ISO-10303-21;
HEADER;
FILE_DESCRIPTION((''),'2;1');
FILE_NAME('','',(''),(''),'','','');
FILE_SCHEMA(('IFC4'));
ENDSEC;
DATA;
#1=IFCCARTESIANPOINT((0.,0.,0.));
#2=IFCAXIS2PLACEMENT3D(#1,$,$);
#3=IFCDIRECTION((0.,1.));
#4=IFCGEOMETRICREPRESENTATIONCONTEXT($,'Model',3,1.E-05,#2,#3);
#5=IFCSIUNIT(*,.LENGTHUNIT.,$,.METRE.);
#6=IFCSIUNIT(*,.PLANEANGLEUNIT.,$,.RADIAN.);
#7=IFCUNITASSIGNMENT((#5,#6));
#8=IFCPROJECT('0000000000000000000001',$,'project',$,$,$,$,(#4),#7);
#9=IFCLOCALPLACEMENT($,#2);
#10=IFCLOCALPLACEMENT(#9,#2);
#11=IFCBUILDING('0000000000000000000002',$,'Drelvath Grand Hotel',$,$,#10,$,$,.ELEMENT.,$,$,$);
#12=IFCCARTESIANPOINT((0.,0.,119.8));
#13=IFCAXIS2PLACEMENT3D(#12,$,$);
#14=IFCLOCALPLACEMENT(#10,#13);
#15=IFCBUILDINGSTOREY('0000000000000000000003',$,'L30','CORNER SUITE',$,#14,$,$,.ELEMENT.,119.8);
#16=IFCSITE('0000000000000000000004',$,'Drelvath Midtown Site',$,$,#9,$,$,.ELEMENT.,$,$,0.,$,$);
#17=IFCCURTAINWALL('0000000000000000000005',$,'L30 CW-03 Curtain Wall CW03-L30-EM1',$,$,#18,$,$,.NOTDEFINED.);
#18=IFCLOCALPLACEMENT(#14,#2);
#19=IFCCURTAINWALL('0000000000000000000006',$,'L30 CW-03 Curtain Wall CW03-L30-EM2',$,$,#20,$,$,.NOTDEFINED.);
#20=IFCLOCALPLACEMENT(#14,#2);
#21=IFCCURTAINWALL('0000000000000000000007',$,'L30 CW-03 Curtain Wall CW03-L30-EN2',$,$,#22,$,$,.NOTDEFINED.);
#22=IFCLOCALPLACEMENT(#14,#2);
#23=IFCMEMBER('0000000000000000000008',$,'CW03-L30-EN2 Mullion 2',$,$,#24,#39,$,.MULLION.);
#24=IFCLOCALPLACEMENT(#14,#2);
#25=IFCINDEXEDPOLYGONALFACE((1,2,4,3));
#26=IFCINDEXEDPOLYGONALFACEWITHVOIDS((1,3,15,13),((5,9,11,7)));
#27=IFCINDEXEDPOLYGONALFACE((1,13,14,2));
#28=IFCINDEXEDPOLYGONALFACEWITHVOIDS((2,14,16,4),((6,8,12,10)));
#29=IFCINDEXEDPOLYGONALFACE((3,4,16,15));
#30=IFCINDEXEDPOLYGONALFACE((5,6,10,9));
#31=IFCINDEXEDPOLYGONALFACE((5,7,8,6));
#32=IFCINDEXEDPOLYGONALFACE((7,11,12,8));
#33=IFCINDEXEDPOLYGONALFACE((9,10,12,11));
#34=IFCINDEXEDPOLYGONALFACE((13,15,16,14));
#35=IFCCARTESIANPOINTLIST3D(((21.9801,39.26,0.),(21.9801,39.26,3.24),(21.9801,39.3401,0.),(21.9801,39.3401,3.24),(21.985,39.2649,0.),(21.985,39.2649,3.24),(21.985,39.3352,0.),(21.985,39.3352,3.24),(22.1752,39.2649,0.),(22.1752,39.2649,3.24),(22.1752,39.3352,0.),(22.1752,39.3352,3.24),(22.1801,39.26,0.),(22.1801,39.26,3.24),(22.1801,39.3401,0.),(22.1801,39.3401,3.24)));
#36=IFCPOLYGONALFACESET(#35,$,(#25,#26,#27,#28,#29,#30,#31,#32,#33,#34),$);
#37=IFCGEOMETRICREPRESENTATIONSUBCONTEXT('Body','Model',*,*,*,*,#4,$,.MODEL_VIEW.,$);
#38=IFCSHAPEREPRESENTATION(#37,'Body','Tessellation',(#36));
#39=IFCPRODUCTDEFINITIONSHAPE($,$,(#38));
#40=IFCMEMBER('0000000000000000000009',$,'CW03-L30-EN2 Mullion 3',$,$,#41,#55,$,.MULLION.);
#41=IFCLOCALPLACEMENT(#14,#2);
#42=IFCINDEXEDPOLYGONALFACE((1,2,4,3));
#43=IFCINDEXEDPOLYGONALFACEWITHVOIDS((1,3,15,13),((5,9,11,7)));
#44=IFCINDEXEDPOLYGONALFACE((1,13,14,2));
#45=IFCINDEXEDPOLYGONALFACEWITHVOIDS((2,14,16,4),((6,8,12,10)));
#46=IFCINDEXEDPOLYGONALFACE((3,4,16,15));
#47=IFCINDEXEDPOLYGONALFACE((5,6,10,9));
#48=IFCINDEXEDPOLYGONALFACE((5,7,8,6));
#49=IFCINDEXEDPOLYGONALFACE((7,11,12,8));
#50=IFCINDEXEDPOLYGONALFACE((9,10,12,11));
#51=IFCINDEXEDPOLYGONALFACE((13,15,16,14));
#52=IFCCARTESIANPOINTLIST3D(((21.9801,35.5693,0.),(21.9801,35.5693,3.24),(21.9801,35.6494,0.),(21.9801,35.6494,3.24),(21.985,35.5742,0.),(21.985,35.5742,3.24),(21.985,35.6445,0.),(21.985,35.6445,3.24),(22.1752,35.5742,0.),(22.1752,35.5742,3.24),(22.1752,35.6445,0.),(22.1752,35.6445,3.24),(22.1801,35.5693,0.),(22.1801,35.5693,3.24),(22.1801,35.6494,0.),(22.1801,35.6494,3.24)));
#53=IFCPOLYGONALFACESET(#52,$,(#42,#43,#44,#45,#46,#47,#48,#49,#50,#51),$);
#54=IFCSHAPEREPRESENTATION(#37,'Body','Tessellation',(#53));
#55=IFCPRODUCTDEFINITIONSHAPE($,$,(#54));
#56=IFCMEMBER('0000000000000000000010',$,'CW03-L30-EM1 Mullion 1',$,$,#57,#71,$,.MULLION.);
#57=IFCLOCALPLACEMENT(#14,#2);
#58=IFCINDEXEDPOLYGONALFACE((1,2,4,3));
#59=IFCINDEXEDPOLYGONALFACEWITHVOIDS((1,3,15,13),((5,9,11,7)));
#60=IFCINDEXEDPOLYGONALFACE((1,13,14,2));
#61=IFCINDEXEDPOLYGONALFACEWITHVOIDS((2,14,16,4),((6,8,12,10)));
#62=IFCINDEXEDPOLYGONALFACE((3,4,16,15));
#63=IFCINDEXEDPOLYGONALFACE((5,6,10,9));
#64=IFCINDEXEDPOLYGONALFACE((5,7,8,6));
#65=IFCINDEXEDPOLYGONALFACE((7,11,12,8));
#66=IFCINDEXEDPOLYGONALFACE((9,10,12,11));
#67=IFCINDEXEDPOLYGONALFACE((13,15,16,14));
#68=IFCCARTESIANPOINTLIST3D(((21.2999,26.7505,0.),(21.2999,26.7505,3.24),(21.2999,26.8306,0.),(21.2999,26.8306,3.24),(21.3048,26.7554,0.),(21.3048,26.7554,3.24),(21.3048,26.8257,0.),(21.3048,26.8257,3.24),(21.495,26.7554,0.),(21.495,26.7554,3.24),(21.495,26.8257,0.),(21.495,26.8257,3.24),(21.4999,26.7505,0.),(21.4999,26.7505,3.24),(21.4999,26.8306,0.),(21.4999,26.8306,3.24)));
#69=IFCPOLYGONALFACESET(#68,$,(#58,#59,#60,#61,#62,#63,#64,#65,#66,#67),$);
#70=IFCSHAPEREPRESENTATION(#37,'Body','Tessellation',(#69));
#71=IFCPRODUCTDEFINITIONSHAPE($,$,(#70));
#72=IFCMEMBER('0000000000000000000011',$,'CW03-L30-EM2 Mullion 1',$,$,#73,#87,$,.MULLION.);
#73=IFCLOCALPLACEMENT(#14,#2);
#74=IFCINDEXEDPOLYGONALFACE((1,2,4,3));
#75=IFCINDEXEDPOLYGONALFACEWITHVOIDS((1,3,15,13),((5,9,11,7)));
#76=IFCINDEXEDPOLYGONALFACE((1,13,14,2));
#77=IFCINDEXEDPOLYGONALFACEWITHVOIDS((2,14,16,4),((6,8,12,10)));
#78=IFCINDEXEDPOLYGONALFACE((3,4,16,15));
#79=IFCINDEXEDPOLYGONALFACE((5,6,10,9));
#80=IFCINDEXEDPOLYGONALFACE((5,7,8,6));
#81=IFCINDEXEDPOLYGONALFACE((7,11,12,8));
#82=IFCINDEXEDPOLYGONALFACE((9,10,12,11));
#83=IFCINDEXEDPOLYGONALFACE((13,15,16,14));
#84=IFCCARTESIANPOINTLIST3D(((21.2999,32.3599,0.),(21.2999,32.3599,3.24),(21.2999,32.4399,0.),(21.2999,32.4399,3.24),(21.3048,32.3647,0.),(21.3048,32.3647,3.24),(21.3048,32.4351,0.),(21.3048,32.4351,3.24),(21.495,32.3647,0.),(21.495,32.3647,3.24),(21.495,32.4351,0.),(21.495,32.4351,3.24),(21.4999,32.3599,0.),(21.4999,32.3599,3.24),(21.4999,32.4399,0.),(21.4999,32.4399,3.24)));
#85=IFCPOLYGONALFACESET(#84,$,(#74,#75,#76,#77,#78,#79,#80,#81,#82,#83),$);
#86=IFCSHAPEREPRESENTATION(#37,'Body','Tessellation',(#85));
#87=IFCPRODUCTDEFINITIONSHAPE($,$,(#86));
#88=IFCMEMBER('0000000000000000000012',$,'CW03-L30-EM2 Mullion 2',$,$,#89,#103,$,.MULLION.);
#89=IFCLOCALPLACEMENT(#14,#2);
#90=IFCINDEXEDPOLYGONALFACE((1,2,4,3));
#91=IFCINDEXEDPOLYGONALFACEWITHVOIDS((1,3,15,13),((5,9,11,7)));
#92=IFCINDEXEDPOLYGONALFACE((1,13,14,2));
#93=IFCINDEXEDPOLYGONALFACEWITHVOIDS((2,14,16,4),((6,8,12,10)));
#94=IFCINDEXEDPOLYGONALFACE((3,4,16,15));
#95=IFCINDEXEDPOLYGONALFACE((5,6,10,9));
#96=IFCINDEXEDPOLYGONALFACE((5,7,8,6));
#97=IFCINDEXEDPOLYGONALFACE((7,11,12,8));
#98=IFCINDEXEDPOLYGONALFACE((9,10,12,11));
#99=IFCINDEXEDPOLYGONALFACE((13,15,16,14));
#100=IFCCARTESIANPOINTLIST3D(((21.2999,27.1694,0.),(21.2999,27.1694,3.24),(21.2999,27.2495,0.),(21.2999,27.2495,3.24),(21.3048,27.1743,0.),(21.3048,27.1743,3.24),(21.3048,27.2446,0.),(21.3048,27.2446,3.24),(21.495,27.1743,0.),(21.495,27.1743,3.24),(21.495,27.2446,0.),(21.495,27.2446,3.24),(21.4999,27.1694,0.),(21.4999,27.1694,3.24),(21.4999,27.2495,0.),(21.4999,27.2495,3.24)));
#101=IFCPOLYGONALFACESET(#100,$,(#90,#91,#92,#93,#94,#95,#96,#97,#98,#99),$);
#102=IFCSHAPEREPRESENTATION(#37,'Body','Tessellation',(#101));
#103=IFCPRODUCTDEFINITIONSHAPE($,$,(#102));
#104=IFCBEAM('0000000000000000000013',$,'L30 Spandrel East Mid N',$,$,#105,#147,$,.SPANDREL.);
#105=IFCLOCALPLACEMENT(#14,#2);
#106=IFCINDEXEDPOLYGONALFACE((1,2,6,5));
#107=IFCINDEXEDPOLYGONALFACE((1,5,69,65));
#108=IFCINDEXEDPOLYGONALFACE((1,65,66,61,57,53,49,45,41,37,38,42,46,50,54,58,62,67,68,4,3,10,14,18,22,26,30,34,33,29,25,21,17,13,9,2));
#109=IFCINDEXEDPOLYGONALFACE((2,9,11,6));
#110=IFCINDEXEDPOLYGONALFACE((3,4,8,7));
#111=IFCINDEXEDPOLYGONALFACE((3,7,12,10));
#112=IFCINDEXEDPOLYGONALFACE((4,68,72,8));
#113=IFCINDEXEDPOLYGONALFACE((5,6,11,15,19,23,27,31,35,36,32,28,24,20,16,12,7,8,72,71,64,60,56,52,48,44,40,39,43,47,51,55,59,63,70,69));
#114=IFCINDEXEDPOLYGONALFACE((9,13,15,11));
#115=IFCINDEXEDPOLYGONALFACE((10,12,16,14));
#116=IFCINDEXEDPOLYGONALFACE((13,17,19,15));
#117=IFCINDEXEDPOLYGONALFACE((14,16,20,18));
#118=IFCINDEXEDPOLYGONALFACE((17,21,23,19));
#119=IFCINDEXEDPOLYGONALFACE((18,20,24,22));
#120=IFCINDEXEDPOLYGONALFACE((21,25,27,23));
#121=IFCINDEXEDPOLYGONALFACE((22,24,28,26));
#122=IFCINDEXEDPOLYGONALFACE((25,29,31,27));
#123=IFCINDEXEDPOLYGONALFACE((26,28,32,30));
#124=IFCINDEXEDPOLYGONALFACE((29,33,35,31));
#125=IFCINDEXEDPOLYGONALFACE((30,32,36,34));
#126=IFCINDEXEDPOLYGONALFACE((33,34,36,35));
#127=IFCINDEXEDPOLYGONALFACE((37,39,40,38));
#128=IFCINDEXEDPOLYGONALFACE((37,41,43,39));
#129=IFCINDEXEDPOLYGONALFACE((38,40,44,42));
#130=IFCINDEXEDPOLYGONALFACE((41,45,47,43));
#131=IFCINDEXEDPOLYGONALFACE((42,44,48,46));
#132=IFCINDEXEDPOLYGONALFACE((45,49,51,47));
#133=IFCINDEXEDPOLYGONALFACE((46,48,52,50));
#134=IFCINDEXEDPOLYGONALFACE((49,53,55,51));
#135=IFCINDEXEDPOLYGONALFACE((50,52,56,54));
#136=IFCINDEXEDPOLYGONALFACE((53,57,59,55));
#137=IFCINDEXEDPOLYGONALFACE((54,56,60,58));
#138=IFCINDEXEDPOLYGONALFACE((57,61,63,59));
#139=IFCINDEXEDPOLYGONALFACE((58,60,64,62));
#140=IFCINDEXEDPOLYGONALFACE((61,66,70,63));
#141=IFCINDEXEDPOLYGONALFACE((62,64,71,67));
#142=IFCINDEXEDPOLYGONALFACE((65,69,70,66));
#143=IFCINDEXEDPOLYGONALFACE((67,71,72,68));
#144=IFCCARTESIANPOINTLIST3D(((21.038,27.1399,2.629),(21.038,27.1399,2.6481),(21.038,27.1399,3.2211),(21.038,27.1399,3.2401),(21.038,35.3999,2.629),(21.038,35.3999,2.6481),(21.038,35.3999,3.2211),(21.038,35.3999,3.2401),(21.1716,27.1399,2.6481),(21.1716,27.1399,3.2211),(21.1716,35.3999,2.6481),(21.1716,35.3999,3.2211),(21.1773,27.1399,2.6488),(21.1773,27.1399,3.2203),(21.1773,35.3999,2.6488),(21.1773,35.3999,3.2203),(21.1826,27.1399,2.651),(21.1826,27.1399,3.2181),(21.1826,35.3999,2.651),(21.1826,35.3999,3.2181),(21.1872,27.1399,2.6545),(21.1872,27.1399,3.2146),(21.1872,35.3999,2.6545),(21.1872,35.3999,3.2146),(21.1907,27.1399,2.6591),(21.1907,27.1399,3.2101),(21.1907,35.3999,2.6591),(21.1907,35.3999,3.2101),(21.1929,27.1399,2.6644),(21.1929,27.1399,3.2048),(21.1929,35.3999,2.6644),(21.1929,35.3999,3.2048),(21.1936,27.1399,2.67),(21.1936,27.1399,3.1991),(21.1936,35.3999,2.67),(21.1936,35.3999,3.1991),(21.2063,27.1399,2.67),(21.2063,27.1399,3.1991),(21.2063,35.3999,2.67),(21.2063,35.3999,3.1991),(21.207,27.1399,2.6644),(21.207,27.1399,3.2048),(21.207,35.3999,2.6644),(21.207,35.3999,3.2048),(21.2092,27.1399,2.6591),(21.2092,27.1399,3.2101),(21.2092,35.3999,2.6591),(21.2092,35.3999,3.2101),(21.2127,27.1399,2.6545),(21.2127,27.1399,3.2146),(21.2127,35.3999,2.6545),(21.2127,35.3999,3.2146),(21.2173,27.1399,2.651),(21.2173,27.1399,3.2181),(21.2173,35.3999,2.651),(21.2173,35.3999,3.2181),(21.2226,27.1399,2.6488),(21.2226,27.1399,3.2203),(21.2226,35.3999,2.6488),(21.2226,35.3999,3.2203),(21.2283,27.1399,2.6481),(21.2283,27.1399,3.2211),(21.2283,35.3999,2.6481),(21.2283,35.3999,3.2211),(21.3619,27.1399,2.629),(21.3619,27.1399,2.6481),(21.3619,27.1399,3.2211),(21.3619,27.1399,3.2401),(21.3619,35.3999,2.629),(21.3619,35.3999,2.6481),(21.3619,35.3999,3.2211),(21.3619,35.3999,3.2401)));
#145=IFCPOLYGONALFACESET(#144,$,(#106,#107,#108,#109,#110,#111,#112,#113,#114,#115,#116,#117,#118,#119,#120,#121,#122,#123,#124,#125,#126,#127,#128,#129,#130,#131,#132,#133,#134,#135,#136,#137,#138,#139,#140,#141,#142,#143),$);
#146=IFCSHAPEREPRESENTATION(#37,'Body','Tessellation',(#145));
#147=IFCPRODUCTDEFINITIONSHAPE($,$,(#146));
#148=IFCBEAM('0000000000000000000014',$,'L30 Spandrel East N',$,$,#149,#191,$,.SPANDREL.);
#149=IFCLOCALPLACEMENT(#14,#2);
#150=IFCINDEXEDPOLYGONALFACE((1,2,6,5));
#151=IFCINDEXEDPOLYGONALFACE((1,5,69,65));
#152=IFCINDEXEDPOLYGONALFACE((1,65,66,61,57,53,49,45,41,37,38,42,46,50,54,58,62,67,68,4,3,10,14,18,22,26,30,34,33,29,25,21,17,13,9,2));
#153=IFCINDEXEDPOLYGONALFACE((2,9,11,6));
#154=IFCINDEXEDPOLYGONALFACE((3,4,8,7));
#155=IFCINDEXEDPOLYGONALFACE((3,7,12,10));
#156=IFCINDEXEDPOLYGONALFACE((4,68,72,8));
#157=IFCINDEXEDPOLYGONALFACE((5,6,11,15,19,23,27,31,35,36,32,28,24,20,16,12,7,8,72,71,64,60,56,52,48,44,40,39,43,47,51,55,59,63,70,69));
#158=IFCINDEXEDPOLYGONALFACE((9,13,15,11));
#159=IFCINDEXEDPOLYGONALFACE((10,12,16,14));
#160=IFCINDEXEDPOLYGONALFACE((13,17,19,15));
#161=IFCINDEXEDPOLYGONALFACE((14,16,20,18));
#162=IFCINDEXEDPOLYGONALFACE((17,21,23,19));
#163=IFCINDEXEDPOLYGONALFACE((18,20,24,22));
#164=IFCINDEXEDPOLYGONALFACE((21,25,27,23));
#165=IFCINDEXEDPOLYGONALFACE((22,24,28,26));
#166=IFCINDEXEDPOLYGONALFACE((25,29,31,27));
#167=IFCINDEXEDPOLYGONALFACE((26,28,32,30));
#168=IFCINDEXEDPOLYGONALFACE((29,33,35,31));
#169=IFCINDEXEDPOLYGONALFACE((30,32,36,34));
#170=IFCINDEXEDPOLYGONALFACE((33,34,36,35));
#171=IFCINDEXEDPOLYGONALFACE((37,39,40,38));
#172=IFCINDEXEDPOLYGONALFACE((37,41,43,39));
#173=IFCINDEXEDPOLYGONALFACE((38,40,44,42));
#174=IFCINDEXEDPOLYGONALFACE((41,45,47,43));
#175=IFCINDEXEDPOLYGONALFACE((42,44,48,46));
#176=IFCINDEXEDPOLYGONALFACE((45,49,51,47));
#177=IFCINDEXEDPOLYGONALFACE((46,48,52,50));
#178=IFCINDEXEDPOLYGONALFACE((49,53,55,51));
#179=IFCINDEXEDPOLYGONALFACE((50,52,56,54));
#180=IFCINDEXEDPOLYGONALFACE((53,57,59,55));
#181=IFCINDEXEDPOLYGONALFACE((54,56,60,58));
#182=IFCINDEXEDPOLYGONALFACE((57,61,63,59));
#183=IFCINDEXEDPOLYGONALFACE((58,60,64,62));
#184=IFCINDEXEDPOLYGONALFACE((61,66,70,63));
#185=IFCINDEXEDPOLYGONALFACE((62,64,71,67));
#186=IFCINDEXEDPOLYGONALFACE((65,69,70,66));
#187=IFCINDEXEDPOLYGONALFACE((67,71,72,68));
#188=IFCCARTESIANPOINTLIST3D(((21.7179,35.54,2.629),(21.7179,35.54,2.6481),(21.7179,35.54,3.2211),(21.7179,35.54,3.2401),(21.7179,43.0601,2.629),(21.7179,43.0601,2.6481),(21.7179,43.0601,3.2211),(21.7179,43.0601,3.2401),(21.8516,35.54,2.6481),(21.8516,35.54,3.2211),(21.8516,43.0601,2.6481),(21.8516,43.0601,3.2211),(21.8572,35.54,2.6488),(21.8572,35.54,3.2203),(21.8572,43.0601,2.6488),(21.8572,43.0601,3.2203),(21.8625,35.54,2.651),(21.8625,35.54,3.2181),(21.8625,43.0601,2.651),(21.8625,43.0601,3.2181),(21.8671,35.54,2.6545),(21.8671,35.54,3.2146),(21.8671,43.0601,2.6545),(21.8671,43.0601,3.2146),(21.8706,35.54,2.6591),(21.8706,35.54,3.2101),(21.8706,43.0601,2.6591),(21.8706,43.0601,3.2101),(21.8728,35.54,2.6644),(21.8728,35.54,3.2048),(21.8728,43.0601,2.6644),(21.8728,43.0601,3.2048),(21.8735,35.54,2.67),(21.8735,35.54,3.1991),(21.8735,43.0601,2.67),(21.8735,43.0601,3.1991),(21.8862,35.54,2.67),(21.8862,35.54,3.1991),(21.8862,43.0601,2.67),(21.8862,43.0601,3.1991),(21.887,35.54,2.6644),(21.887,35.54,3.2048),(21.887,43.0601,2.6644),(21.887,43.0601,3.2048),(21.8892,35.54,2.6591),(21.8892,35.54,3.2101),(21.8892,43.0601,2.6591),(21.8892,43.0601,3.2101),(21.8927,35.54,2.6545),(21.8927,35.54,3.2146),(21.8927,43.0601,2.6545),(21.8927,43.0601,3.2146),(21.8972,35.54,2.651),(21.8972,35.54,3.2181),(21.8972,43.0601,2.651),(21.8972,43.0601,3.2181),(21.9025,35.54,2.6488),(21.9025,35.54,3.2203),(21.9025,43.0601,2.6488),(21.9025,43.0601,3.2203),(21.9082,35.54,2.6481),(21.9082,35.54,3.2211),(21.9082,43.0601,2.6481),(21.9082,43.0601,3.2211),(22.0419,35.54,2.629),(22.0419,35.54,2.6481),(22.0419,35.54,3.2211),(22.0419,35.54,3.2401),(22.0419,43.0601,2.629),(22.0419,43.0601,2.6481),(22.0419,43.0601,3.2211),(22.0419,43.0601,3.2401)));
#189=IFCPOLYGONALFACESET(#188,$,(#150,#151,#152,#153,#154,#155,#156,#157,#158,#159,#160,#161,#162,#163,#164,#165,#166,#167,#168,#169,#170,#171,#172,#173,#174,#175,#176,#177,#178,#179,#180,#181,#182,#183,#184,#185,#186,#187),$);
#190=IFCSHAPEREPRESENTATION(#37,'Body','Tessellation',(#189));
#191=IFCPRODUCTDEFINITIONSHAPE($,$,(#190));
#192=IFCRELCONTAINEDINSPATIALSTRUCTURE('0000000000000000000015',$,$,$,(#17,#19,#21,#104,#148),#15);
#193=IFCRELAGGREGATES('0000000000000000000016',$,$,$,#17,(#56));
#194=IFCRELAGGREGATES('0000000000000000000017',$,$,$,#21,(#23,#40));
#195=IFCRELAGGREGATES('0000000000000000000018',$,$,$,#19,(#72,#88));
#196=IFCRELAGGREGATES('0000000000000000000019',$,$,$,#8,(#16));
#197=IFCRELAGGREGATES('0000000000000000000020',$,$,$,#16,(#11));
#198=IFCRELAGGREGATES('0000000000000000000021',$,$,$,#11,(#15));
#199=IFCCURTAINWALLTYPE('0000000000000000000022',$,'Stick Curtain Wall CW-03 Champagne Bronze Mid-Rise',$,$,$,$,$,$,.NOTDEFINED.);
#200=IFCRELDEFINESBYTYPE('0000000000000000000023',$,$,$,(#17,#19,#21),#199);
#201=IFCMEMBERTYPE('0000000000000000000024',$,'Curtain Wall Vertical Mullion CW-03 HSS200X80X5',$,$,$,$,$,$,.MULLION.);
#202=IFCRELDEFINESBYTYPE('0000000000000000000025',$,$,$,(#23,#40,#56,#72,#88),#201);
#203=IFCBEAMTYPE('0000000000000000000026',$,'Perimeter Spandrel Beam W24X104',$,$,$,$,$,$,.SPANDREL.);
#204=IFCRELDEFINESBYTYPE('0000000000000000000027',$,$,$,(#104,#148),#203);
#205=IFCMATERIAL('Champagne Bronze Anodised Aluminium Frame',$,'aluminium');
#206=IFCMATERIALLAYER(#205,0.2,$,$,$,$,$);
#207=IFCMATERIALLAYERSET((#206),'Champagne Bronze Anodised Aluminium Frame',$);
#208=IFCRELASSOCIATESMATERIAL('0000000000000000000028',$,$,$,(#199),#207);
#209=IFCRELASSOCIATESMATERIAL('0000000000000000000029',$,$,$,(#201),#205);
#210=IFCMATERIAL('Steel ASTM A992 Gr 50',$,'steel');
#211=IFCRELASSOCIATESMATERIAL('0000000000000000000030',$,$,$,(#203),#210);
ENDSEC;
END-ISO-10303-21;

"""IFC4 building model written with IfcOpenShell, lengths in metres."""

from ifc_helpers import new_model, si_unit, direction, frame, origin, origin_2d, place, context, subcontext, project, spatial, hollow_rectangle, i_section, extrude, material, layer, layer_set, material_profile, profile_set, type_object, element, aggregate, save


model = new_model("IFC4")

# Units and contexts
model_context = context("Model", 3, precision=1e-05, world=origin(), true_north=direction((0.0, 1.0)))
body_context = subcontext(model_context, "Body", "Model", "MODEL_VIEW")
ifc_project = project(units=[si_unit("LENGTHUNIT", "METRE"), si_unit("PLANEANGLEUNIT", "RADIAN")], contexts=[model_context])

# Site, building, storey
site_placement = place(None, origin())
site = spatial("IfcSite", under=ifc_project, at=site_placement, Name="Drelvath Midtown Site", CompositionType="ELEMENT", RefElevation=0.0)
building_placement = place(site_placement, origin())
building = spatial("IfcBuilding", under=site, at=building_placement, Name="Drelvath Grand Hotel", CompositionType="ELEMENT")
storey_placement = place(building_placement, frame((0.0, 0.0, 119.8)))
storey = spatial("IfcBuildingStorey", under=building, at=storey_placement, Name="L30", Description="CORNER SUITE", CompositionType="ELEMENT", Elevation=119.8)

# Curtain walls
ifc_material_1 = material(Name="Champagne Bronze Anodised Aluminium Frame", Category="aluminium")
ifc_layer_1 = layer(ifc_material_1, 0.2)
ifc_layer_set_1 = layer_set([ifc_layer_1], Name="Champagne Bronze Anodised Aluminium Frame")
curtain_wall_type = type_object("IfcCurtainWallType", Name="Stick Curtain Wall CW-03 Champagne Bronze Mid-Rise", PredefinedType="NOTDEFINED", material=ifc_layer_set_1)
curtain_wall_1_placement = place(storey_placement, origin())
curtain_wall_1 = element("IfcCurtainWall", 1, at=curtain_wall_1_placement, inside=storey, type_object=curtain_wall_type, Name="L30 CW-03 Curtain Wall CW03-L30-EM1", PredefinedType="NOTDEFINED")
curtain_wall_2_placement = place(storey_placement, origin())
curtain_wall_2 = element("IfcCurtainWall", 2, at=curtain_wall_2_placement, inside=storey, type_object=curtain_wall_type, Name="L30 CW-03 Curtain Wall CW03-L30-EM2", PredefinedType="NOTDEFINED")

# Shared definitions
ifc_material_profile_1 = material_profile(ifc_material_1, hollow_rectangle(XDim=0.0801, YDim=0.2, WallThickness=0.0049, at=origin_2d()), Name="HSS200X80X5")
ifc_profile_set_1 = profile_set([ifc_material_profile_1], Name="Champagne Bronze Anodised Aluminium Frame")
member_type_1 = type_object("IfcMemberType", Name="Curtain Wall Vertical Mullion CW-03 HSS200X80X5", PredefinedType="MULLION", material=ifc_profile_set_1)

# Curtain wall, members
curtain_wall_3_placement = place(storey_placement, origin())
curtain_wall_3 = element("IfcCurtainWall", 3, at=curtain_wall_3_placement, inside=storey, type_object=curtain_wall_type, Name="L30 CW-03 Curtain Wall CW03-L30-EN2", PredefinedType="NOTDEFINED")
member_1_placement = place(storey_placement, frame((22.0801, 39.3, 0.0), z_axis=(0.0, 0.0, 1.0), x_axis=(0.0, 1.0, 0.0)))
member_1 = element("IfcMember", 4, at=member_1_placement, type_object=member_type_1, Name="CW03-L30-EN2 Mullion 2", PredefinedType="MULLION", context=body_context, shape_type="SweptSolid", body=[
    extrude(hollow_rectangle(XDim=0.0801, YDim=0.2, WallThickness=0.0049, at=origin_2d()), origin(), (0.0, 0.0, 1.0), 3.24),
])
member_2_placement = place(storey_placement, frame((22.0801, 35.6094, 0.0), z_axis=(0.0, 0.0, 1.0), x_axis=(0.0, 1.0, 0.0)))
member_2 = element("IfcMember", 5, at=member_2_placement, type_object=member_type_1, Name="CW03-L30-EN2 Mullion 3", PredefinedType="MULLION", context=body_context, shape_type="SweptSolid", body=[
    extrude(hollow_rectangle(XDim=0.0801, YDim=0.2, WallThickness=0.0049, at=origin_2d()), origin(), (0.0, 0.0, 1.0), 3.24),
])

# Members
member_3_placement = place(storey_placement, frame((21.3999, 26.7905, 0.0), z_axis=(0.0, 0.0, 1.0), x_axis=(0.0, 1.0, 0.0)))
member_3 = element("IfcMember", 6, at=member_3_placement, type_object=member_type_1, Name="CW03-L30-EM1 Mullion 1", PredefinedType="MULLION", context=body_context, shape_type="SweptSolid", body=[
    extrude(hollow_rectangle(XDim=0.0801, YDim=0.2, WallThickness=0.0049, at=origin_2d()), origin(), (0.0, 0.0, 1.0), 3.24),
])
aggregate(curtain_wall_1, [member_3])
member_4_placement = place(storey_placement, frame((21.3999, 32.3999, 0.0), z_axis=(0.0, 0.0, 1.0), x_axis=(0.0, 1.0, 0.0)))
member_4 = element("IfcMember", 7, at=member_4_placement, type_object=member_type_1, Name="CW03-L30-EM2 Mullion 1", PredefinedType="MULLION", context=body_context, shape_type="SweptSolid", body=[
    extrude(hollow_rectangle(XDim=0.0801, YDim=0.2, WallThickness=0.0049, at=origin_2d()), origin(), (0.0, 0.0, 1.0), 3.24),
])
member_5_placement = place(storey_placement, frame((21.3999, 27.2095, 0.0), z_axis=(0.0, 0.0, 1.0), x_axis=(0.0, 1.0, 0.0)))
member_5 = element("IfcMember", 8, at=member_5_placement, type_object=member_type_1, Name="CW03-L30-EM2 Mullion 2", PredefinedType="MULLION", context=body_context, shape_type="SweptSolid", body=[
    extrude(hollow_rectangle(XDim=0.0801, YDim=0.2, WallThickness=0.0049, at=origin_2d()), origin(), (0.0, 0.0, 1.0), 3.24),
])

# Beams
ifc_material_2 = material(Name="Steel ASTM A992 Gr 50", Category="steel")
ifc_material_profile_2 = material_profile(ifc_material_2, i_section(OverallWidth=0.324, OverallDepth=0.6111, WebThickness=0.0127, FlangeThickness=0.019, FilletRadius=0.022, at=origin_2d()), Name="W24X104")
ifc_profile_set_2 = profile_set([ifc_material_profile_2], Name="Steel ASTM A992 Gr 50")
beam_type_1 = type_object("IfcBeamType", Name="Perimeter Spandrel Beam W24X104", PredefinedType="SPANDREL", material=ifc_profile_set_2)
beam_1_placement = place(storey_placement, frame((21.2, 27.1399, 2.9346), z_axis=(0.0, 1.0, 0.0), x_axis=(-1.0, 0.0, 0.0)))
element("IfcBeam", 9, at=beam_1_placement, inside=storey, type_object=beam_type_1, Name="L30 Spandrel East Mid N", PredefinedType="SPANDREL", context=body_context, shape_type="SweptSolid", body=[
    extrude(i_section(OverallWidth=0.324, OverallDepth=0.6111, WebThickness=0.0127, FlangeThickness=0.019, FilletRadius=0.022, at=origin_2d()), origin(), (0.0, 0.0, 1.0), 8.26),
])
beam_2_placement = place(storey_placement, frame((21.8799, 35.54, 2.9346), z_axis=(0.0, 1.0, 0.0), x_axis=(-1.0, 0.0, 0.0)))
element("IfcBeam", 10, at=beam_2_placement, inside=storey, type_object=beam_type_1, Name="L30 Spandrel East N", PredefinedType="SPANDREL", context=body_context, shape_type="SweptSolid", body=[
    extrude(i_section(OverallWidth=0.324, OverallDepth=0.6111, WebThickness=0.0127, FlangeThickness=0.019, FilletRadius=0.022, at=origin_2d()), origin(), (0.0, 0.0, 1.0), 7.52),
])

aggregate(curtain_wall_3, [member_1, member_2])
aggregate(curtain_wall_2, [member_4, member_5])

save(model, "model.ifc")
